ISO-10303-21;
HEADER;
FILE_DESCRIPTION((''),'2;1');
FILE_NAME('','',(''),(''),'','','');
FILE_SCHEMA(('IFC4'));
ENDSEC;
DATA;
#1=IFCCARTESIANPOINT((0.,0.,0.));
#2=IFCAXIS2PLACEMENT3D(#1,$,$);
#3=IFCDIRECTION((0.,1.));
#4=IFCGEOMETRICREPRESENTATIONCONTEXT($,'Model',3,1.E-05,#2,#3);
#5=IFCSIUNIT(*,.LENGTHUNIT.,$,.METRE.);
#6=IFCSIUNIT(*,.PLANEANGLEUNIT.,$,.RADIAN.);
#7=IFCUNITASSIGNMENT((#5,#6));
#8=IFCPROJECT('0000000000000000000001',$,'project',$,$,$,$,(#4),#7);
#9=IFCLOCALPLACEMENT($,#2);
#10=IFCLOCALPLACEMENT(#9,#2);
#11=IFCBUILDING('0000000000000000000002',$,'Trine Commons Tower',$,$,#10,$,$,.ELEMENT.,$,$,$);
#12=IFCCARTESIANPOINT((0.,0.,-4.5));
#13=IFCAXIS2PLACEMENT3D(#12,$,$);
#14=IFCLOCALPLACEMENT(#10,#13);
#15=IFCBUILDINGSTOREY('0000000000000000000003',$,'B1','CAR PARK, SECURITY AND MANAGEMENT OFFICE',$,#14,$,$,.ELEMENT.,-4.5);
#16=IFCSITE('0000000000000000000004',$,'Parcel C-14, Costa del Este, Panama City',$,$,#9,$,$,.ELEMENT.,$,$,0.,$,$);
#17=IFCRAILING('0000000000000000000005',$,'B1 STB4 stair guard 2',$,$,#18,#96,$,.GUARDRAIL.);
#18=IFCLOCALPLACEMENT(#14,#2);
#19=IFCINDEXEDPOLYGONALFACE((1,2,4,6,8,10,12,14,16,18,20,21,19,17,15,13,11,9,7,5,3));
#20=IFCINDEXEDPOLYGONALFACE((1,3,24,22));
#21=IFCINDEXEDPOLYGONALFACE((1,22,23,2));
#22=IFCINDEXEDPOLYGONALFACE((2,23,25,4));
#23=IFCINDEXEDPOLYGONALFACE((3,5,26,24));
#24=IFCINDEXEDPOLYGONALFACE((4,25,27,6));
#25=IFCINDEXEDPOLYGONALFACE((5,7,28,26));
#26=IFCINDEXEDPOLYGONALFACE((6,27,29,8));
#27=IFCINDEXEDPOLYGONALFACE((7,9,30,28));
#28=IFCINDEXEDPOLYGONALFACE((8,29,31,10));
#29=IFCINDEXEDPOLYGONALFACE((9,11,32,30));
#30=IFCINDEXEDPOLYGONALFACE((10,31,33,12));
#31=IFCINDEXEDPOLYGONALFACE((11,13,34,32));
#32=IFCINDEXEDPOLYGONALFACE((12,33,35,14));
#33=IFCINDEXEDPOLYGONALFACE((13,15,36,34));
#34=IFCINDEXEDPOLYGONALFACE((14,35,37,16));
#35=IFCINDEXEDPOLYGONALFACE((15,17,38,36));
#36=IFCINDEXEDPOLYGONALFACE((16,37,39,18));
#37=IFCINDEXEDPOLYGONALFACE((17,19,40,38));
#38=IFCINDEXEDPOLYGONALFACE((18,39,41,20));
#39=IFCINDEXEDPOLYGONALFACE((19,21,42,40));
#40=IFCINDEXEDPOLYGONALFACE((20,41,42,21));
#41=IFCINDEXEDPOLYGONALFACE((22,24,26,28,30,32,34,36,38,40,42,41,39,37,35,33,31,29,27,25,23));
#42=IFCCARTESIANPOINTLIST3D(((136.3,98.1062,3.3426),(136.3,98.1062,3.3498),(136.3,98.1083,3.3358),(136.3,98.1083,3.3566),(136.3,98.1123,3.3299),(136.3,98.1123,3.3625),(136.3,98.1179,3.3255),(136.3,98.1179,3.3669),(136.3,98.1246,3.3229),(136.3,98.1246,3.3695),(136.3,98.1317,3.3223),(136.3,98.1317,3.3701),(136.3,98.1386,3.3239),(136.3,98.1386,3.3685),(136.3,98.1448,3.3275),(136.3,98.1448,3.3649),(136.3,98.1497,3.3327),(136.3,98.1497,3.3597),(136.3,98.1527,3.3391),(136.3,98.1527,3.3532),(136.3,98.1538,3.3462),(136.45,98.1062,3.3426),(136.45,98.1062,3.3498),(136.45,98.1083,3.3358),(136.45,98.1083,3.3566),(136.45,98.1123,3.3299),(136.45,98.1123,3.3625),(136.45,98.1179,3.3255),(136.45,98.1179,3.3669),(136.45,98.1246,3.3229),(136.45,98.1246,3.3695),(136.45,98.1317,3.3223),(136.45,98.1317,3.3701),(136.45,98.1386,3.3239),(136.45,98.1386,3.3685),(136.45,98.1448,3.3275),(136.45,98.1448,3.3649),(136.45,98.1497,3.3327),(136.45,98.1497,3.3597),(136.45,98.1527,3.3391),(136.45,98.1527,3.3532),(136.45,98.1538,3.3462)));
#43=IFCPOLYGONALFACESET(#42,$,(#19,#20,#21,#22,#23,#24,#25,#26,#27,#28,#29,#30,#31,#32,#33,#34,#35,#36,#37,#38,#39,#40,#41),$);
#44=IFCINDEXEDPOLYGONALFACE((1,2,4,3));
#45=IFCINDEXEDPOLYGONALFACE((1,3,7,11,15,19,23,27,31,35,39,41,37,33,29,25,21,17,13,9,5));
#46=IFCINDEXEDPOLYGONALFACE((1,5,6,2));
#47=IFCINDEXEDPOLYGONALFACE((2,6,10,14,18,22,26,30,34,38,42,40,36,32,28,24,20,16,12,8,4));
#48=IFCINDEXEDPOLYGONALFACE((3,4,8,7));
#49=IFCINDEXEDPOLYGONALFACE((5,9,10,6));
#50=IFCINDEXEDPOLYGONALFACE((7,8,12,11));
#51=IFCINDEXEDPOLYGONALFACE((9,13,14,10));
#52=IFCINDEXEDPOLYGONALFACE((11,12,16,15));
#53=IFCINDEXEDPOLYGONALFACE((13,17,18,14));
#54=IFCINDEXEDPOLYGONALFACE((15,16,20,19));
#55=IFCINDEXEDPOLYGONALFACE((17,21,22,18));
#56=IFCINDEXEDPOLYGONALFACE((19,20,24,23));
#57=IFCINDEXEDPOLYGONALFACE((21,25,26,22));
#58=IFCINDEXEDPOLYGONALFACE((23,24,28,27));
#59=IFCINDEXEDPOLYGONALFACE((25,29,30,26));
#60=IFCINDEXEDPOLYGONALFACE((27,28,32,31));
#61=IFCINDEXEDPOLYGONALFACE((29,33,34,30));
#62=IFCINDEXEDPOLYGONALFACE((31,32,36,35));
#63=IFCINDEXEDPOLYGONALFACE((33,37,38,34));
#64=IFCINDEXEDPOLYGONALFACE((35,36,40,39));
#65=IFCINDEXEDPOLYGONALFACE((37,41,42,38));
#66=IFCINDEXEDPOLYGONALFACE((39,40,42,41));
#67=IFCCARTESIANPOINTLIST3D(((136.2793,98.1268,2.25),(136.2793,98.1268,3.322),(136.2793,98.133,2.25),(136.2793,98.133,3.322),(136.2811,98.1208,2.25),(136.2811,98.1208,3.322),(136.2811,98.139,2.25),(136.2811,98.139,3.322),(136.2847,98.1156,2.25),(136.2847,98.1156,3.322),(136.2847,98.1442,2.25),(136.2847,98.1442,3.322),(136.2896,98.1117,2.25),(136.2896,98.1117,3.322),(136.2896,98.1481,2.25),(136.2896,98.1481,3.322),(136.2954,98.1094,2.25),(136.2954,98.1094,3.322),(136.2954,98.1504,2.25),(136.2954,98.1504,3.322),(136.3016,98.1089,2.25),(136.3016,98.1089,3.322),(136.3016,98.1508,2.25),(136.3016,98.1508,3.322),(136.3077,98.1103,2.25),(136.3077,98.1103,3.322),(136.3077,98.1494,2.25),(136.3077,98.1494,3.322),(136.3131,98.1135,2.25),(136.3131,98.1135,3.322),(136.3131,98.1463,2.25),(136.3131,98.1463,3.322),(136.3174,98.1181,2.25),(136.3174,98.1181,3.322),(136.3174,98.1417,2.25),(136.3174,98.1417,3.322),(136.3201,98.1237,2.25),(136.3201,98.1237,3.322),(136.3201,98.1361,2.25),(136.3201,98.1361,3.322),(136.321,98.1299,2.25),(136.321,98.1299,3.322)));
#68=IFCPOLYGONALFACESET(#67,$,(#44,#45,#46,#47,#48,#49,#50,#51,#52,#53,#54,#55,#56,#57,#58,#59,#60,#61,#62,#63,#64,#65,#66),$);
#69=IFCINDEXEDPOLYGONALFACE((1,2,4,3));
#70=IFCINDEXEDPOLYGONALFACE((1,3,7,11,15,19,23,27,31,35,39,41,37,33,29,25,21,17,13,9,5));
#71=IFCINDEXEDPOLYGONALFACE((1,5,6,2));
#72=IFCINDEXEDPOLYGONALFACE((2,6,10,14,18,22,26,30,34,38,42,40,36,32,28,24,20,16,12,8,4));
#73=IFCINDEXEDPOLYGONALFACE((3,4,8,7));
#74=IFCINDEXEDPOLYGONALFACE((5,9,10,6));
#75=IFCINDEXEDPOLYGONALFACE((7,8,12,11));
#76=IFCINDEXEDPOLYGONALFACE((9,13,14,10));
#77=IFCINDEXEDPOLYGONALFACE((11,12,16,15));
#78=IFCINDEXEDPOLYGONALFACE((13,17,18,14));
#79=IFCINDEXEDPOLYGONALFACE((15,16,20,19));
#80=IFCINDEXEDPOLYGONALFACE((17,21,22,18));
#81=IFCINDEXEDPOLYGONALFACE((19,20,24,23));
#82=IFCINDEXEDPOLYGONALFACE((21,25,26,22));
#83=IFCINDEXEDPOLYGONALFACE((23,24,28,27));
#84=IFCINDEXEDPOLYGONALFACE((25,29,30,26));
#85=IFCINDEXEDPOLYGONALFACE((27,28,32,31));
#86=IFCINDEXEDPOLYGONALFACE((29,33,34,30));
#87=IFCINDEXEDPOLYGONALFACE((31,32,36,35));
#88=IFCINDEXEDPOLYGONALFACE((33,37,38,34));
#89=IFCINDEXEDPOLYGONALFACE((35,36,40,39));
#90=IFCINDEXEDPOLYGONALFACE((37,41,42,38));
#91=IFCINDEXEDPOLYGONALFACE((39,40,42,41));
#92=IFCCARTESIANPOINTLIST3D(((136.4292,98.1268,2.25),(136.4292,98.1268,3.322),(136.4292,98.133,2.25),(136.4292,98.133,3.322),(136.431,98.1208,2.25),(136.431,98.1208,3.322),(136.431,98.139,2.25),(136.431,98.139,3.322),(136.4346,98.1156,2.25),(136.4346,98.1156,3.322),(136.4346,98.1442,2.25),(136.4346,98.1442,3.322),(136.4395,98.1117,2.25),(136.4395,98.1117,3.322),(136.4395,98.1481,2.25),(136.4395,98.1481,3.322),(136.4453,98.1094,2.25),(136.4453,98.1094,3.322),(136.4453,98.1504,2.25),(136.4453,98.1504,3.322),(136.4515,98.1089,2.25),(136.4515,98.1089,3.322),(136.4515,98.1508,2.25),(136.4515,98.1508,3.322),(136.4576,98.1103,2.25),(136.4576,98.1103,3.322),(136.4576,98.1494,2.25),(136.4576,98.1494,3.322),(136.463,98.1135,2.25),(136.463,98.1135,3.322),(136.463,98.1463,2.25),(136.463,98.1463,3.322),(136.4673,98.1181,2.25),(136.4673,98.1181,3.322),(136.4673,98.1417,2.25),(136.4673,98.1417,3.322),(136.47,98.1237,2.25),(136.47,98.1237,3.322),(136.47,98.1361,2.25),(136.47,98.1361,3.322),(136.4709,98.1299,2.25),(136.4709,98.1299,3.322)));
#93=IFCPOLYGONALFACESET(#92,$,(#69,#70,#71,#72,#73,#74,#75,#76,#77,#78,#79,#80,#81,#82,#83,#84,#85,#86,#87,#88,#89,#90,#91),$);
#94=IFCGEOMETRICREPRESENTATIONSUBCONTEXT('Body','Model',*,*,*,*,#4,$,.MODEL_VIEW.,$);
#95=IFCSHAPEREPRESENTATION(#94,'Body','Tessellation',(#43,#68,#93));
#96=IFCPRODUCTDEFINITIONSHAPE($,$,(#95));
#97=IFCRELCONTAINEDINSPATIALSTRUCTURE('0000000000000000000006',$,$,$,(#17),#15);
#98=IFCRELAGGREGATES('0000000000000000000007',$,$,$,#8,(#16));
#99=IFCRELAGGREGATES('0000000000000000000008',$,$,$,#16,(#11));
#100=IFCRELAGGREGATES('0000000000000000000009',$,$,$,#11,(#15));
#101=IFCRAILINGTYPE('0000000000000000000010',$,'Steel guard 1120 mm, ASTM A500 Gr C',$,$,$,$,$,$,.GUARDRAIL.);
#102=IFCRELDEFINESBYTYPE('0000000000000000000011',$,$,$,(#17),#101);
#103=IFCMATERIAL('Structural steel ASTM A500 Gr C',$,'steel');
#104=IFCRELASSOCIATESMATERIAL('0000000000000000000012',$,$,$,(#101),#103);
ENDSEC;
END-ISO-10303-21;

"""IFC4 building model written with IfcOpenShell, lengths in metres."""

from ifc_helpers import new_model, si_unit, direction, frame, origin, origin_2d, place, context, subcontext, project, spatial, circle, extrude, material, type_object, element, save


model = new_model("IFC4")

# Units and contexts
model_context = context("Model", 3, precision=1e-05, world=origin(), true_north=direction((0.0, 1.0)))
body_context = subcontext(model_context, "Body", "Model", "MODEL_VIEW")
ifc_project = project(units=[si_unit("LENGTHUNIT", "METRE"), si_unit("PLANEANGLEUNIT", "RADIAN")], contexts=[model_context])

# Site, building, storey
site_placement = place(None, origin())
site = spatial("IfcSite", under=ifc_project, at=site_placement, Name="Parcel C-14, Costa del Este, Panama City", CompositionType="ELEMENT", RefElevation=0.0)
building_placement = place(site_placement, origin())
building = spatial("IfcBuilding", under=site, at=building_placement, Name="Trine Commons Tower", CompositionType="ELEMENT")
storey_placement = place(building_placement, frame((0.0, 0.0, -4.5)))
storey = spatial("IfcBuildingStorey", under=building, at=storey_placement, Name="B1", Description="CAR PARK, SECURITY AND MANAGEMENT OFFICE", CompositionType="ELEMENT", Elevation=-4.5)

# Railing
ifc_material_1 = material(Name="Structural steel ASTM A500 Gr C", Category="steel")
railing_type_1 = type_object("IfcRailingType", Name="Steel guard 1120 mm, ASTM A500 Gr C", PredefinedType="GUARDRAIL", material=ifc_material_1)
railing_1_placement = place(storey_placement, frame((136.3, 98.1299, 2.25)))
element("IfcRailing", 1, at=railing_1_placement, inside=storey, type_object=railing_type_1, Name="B1 STB4 stair guard 2", PredefinedType="GUARDRAIL", context=body_context, shape_type="SweptSolid", body=[
    extrude(circle(Radius=0.0239, at=origin_2d()), frame((0.0, 0.0, 1.0962), z_axis=(1.0, 0.0, 0.0), x_axis=(0.0, 1.0, 0.0)), (0.0, 0.0, 1.0), 0.1499),
    extrude(circle(Radius=0.021, at=origin_2d()), origin(), (0.0, 0.0, 1.0), 1.072),
    extrude(circle(Radius=0.021, at=origin_2d()), frame((0.1499, 0.0, 0.0)), (0.0, 0.0, 1.0), 1.072),
])

save(model, "model.ifc")
